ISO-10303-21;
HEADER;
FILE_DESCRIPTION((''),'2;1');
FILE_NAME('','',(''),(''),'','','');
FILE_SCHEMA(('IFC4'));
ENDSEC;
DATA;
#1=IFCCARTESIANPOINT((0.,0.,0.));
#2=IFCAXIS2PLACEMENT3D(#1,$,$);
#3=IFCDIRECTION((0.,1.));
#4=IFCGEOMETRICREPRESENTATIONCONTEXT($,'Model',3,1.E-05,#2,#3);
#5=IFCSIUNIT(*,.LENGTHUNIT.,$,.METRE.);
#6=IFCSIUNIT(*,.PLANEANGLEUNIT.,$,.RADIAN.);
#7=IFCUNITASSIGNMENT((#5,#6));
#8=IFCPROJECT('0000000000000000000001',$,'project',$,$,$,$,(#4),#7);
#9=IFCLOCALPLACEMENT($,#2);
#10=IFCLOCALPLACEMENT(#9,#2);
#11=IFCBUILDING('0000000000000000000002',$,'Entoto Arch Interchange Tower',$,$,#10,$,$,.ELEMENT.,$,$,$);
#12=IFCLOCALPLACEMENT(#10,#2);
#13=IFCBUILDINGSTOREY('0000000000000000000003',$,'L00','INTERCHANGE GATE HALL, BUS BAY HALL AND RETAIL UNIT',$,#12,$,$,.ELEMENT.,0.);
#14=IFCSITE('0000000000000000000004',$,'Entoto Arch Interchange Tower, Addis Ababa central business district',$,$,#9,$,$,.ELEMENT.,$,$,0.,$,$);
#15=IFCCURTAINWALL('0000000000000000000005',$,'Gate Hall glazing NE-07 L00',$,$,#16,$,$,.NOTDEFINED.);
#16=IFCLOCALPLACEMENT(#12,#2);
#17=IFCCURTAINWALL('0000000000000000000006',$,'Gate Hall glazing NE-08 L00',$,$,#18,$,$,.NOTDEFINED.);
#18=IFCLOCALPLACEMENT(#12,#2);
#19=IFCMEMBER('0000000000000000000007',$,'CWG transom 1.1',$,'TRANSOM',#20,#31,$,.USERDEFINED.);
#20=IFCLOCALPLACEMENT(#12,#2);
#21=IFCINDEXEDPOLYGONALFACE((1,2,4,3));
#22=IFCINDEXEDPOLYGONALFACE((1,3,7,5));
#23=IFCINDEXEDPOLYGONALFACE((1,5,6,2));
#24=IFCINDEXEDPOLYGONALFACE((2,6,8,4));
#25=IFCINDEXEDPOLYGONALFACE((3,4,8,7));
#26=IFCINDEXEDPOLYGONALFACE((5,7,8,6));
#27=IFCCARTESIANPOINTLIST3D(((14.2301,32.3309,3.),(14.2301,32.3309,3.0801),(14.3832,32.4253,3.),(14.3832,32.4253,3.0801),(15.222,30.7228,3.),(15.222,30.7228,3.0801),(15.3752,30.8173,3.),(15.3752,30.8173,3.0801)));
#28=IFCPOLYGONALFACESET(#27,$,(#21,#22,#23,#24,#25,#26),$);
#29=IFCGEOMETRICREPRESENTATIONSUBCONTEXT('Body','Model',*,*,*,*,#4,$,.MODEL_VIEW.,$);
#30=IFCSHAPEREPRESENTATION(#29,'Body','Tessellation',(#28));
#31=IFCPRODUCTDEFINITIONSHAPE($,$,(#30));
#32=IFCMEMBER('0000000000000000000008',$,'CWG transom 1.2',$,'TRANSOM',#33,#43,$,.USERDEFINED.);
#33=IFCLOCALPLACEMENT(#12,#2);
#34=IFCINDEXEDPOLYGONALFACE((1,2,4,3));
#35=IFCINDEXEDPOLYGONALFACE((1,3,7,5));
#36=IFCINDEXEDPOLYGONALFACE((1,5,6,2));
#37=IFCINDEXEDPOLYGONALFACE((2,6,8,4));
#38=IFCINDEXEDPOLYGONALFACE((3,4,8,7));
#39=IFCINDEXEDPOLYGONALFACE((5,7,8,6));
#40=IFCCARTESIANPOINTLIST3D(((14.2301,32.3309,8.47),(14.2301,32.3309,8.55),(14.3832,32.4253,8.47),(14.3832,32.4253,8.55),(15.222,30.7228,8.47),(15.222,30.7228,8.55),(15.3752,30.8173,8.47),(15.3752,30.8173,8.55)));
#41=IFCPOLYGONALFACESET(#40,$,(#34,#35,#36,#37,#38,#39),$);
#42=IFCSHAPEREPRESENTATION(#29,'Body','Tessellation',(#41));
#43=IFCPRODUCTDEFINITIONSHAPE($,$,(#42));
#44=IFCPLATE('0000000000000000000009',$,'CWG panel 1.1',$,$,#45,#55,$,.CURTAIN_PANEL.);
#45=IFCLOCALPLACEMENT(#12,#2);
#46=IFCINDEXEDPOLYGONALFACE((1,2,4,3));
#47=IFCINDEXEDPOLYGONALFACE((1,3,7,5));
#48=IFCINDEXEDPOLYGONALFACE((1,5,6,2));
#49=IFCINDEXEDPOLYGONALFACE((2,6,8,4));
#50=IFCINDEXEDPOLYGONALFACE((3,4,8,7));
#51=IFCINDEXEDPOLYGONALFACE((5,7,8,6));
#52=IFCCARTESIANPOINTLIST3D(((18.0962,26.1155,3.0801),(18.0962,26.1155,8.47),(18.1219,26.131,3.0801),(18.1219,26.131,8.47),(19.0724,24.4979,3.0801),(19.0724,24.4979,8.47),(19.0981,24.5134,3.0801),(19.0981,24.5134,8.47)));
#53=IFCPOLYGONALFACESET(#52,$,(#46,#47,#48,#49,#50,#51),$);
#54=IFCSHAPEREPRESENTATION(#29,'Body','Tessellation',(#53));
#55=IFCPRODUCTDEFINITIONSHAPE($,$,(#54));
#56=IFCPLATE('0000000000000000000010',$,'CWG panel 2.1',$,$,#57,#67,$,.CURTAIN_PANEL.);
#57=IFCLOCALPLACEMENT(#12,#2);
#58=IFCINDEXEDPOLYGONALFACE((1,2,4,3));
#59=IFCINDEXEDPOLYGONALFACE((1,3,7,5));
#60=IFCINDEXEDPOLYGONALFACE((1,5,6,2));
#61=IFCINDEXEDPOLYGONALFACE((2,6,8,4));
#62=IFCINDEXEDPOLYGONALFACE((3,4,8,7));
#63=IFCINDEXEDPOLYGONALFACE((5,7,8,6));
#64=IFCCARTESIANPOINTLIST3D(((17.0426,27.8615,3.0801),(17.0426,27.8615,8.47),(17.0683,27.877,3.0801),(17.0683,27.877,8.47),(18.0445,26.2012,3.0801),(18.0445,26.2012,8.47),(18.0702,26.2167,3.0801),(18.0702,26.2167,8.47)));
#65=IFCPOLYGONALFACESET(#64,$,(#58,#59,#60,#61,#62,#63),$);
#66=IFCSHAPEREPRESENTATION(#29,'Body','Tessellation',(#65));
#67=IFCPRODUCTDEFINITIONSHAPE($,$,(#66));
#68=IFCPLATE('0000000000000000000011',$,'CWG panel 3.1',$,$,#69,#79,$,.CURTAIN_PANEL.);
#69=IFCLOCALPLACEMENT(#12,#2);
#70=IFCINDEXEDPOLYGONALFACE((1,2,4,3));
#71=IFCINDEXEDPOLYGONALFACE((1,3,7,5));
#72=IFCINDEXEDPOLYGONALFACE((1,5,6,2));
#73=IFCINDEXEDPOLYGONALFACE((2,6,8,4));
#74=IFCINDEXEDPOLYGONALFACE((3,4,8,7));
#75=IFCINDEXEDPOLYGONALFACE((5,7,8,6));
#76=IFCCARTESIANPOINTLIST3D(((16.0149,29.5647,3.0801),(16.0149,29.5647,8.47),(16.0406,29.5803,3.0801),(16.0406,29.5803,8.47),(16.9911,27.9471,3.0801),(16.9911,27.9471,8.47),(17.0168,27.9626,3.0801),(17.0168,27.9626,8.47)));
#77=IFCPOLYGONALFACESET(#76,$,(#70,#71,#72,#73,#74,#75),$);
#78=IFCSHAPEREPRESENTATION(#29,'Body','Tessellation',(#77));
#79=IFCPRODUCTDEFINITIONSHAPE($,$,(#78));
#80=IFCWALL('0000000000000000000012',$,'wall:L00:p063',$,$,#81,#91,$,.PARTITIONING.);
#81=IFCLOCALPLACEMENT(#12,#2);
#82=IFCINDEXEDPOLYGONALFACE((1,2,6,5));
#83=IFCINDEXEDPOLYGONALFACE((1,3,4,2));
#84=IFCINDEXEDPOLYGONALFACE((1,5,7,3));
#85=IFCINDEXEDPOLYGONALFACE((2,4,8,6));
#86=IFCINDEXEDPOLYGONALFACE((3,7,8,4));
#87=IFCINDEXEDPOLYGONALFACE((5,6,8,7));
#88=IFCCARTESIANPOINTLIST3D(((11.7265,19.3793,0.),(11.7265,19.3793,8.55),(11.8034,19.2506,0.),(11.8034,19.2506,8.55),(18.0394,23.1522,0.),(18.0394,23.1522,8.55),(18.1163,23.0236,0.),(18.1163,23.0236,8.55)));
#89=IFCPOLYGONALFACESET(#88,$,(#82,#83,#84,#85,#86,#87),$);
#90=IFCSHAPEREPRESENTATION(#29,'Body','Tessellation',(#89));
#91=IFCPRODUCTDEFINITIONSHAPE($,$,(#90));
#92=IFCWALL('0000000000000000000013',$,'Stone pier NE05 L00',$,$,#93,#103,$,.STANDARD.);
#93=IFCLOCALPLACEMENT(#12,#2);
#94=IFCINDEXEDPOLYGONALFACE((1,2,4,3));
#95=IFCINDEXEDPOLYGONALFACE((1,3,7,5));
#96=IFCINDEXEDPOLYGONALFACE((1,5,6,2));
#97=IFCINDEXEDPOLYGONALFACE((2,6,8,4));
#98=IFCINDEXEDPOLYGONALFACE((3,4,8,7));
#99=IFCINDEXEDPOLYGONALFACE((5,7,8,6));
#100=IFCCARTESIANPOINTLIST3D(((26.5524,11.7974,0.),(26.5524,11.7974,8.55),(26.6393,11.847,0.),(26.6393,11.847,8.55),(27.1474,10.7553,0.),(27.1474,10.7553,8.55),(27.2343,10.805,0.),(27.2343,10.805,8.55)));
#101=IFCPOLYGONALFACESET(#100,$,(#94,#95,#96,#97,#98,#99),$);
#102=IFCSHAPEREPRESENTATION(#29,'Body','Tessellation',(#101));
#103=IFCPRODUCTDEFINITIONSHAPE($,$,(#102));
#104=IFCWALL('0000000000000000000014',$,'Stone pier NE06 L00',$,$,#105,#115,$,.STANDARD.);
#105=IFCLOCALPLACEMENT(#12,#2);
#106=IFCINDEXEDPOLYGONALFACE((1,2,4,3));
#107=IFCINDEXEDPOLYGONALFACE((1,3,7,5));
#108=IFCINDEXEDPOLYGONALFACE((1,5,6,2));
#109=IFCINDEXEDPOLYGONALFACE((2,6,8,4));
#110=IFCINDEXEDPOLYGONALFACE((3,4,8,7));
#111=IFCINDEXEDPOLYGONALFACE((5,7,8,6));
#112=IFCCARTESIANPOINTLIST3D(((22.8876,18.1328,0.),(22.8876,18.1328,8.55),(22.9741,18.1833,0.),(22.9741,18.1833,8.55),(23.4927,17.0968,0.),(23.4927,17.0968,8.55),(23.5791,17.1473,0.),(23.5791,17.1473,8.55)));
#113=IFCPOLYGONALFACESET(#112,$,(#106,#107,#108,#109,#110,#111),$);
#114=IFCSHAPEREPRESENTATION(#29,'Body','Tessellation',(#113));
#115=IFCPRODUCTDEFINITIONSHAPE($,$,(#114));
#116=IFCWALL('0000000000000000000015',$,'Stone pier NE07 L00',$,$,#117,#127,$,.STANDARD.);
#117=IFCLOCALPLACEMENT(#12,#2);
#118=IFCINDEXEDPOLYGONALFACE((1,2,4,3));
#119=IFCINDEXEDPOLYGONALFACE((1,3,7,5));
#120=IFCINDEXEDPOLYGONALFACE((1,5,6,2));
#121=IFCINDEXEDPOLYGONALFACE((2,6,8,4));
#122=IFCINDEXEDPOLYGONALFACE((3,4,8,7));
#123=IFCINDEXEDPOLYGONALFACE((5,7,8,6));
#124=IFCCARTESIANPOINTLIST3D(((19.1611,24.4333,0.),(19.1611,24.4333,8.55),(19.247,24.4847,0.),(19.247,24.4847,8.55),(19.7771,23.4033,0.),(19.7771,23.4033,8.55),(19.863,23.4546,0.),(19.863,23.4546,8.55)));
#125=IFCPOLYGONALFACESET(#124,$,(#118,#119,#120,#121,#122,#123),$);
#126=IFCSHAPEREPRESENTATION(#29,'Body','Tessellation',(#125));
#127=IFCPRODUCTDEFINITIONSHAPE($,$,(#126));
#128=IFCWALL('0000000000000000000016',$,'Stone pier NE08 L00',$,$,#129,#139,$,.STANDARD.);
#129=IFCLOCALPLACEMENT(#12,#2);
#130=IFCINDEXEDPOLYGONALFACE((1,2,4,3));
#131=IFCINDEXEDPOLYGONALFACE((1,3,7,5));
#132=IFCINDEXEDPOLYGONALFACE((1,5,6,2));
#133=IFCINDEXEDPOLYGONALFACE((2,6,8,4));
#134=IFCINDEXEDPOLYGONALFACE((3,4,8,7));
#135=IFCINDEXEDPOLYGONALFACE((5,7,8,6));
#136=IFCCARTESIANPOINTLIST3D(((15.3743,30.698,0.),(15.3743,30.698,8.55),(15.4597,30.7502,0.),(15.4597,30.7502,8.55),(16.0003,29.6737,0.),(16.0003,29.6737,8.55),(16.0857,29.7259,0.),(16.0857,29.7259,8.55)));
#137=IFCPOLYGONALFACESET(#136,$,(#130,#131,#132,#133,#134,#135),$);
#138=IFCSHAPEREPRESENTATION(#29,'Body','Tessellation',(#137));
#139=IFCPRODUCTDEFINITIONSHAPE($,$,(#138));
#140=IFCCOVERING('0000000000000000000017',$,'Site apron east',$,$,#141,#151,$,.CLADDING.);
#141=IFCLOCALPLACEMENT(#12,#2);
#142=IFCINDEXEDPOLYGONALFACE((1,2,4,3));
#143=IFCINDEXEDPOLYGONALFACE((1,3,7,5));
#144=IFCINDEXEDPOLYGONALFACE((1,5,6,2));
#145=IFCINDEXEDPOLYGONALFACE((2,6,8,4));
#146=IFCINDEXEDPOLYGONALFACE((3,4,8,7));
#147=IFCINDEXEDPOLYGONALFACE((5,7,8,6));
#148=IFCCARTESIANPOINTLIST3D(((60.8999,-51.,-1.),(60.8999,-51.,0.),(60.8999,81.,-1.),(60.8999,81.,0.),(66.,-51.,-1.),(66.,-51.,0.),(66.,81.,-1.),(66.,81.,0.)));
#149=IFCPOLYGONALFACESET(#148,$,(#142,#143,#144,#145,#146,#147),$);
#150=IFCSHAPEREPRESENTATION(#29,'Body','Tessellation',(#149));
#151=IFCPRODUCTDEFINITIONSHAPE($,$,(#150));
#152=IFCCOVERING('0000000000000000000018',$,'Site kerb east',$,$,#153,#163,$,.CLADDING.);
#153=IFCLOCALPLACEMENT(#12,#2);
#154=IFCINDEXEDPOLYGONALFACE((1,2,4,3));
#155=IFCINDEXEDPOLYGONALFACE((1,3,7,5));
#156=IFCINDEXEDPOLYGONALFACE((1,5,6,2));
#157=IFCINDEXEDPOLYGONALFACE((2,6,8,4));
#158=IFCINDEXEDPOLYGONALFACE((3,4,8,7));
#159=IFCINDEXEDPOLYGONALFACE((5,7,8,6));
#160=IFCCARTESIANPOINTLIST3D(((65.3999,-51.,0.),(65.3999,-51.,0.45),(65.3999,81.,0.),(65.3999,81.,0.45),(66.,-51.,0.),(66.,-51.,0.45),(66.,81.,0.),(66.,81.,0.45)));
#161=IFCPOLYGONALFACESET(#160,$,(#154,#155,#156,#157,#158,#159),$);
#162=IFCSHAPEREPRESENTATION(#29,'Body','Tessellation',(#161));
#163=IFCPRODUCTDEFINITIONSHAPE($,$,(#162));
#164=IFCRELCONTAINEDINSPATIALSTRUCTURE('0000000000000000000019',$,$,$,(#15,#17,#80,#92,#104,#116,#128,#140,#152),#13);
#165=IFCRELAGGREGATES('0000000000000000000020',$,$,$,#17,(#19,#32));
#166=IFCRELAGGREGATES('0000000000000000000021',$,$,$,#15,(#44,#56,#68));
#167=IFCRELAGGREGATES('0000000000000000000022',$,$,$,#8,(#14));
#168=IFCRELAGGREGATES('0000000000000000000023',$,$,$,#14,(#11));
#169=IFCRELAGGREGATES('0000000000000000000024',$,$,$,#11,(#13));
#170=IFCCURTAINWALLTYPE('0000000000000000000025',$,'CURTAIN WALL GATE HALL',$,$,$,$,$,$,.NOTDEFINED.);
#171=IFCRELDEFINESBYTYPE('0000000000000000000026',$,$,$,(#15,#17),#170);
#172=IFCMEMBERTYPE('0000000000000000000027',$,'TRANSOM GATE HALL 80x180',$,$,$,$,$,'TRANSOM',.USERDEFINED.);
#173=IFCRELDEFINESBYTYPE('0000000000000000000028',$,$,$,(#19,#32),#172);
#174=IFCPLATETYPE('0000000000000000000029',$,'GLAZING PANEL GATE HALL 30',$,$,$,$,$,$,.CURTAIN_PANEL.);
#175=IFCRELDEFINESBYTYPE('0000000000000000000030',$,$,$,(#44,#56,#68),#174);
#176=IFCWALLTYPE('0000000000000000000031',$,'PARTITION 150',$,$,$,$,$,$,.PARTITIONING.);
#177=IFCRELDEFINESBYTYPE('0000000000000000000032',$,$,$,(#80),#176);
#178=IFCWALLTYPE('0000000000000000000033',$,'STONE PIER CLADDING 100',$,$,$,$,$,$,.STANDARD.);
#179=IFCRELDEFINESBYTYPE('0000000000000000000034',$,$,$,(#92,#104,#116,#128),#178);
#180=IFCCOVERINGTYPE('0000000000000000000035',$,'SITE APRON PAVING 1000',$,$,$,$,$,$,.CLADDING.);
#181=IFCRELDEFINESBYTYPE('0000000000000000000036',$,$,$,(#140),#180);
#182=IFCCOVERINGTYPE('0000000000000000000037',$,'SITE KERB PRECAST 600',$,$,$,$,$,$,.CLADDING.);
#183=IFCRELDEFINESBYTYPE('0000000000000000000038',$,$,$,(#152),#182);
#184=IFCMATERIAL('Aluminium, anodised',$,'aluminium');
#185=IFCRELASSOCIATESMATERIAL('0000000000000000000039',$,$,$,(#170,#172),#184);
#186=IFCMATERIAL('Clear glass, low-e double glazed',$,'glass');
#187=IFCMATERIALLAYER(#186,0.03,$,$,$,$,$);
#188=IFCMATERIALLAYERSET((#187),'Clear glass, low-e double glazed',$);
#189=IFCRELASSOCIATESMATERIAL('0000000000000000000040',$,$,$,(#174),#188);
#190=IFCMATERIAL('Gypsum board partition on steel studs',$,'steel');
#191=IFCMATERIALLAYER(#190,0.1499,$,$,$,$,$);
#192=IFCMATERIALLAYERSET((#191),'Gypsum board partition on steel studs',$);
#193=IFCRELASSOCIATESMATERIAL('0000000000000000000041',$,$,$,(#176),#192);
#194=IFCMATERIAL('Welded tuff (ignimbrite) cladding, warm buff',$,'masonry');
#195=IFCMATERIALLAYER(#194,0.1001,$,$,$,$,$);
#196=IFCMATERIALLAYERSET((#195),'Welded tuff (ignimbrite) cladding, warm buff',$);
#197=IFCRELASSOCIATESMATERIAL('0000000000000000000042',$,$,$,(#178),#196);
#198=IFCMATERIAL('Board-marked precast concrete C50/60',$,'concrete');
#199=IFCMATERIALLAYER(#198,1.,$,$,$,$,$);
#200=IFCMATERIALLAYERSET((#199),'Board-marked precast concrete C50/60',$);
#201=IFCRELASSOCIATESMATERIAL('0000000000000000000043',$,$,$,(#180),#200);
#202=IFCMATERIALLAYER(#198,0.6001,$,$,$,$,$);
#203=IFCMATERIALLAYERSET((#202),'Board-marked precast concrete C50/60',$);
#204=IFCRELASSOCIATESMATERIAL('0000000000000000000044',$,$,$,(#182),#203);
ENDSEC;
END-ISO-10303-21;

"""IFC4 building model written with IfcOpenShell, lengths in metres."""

from ifc_helpers import new_model, si_unit, direction, frame, frame_2d, origin, origin_2d, place, context, subcontext, project, spatial, rectangle, extrude, material, layer, layer_set, material_profile, profile_set, type_object, element, aggregate, save


model = new_model("IFC4")

# Units and contexts
model_context = context("Model", 3, precision=1e-05, world=origin(), true_north=direction((0.0, 1.0)))
body_context = subcontext(model_context, "Body", "Model", "MODEL_VIEW")
ifc_project = project(units=[si_unit("LENGTHUNIT", "METRE"), si_unit("PLANEANGLEUNIT", "RADIAN")], contexts=[model_context])

# Site, building, storey
site_placement = place(None, origin())
site = spatial("IfcSite", under=ifc_project, at=site_placement, Name="Entoto Arch Interchange Tower, Addis Ababa central business district", CompositionType="ELEMENT", RefElevation=0.0)
building_placement = place(site_placement, origin())
building = spatial("IfcBuilding", under=site, at=building_placement, Name="Entoto Arch Interchange Tower", CompositionType="ELEMENT")
storey_placement = place(building_placement, origin())
storey = spatial("IfcBuildingStorey", under=building, at=storey_placement, Name="L00", Description="INTERCHANGE GATE HALL, BUS BAY HALL AND RETAIL UNIT", CompositionType="ELEMENT", Elevation=0.0)

# Curtain wall
ifc_material_1 = material(Name="Aluminium, anodised", Category="aluminium")
curtain_wall_type = type_object("IfcCurtainWallType", Name="CURTAIN WALL GATE HALL", PredefinedType="NOTDEFINED", material=ifc_material_1)
curtain_wall_1_placement = place(storey_placement, origin())
curtain_wall_1 = element("IfcCurtainWall", 1, at=curtain_wall_1_placement, inside=storey, type_object=curtain_wall_type, Name="Gate Hall glazing NE-07 L00", PredefinedType="NOTDEFINED")

# Curtain wall
curtain_wall_2_placement = place(storey_placement, origin())
curtain_wall_2 = element("IfcCurtainWall", 2, at=curtain_wall_2_placement, inside=storey, type_object=curtain_wall_type, Name="Gate Hall glazing NE-08 L00", PredefinedType="NOTDEFINED")

# Members
ifc_material_profile_1 = material_profile(ifc_material_1, rectangle(XDim=0.1799, YDim=0.0801, at=origin_2d()))
ifc_profile_set_1 = profile_set([ifc_material_profile_1], Name="Aluminium, anodised")
member_type_1 = type_object("IfcMemberType", Name="TRANSOM GATE HALL 80x180", ElementType="TRANSOM", PredefinedType="USERDEFINED", material=ifc_profile_set_1)
member_1_placement = place(storey_placement, frame((15.2986, 30.77, 3.04), z_axis=(-0.524984, 0.851112, 0.0), x_axis=(-0.851112, -0.524984, 0.0)))
member_1 = element("IfcMember", 3, at=member_1_placement, type_object=member_type_1, Name="CWG transom 1.1", ObjectType="TRANSOM", PredefinedType="USERDEFINED", context=body_context, shape_type="SweptSolid", body=[
    extrude(rectangle(XDim=0.1799, YDim=0.0801, at=origin_2d()), origin(), (0.0, 0.0, 1.0), 1.8894),
])
member_2_placement = place(storey_placement, frame((15.2986, 30.77, 8.51), z_axis=(-0.524984, 0.851112, 0.0), x_axis=(-0.851112, -0.524984, 0.0)))
member_2 = element("IfcMember", 4, at=member_2_placement, type_object=member_type_1, Name="CWG transom 1.2", ObjectType="TRANSOM", PredefinedType="USERDEFINED", context=body_context, shape_type="SweptSolid", body=[
    extrude(rectangle(XDim=0.1799, YDim=0.0801, at=origin_2d()), origin(), (0.0, 0.0, 1.0), 1.8894),
])
aggregate(curtain_wall_2, [member_1, member_2])

# Plates
ifc_material_2 = material(Name="Clear glass, low-e double glazed", Category="glass")
ifc_layer_1 = layer(ifc_material_2, 0.03)
ifc_layer_set_1 = layer_set([ifc_layer_1], Name="Clear glass, low-e double glazed")
plate_type = type_object("IfcPlateType", Name="GLAZING PANEL GATE HALL 30", PredefinedType="CURTAIN_PANEL", material=ifc_layer_set_1)
plate_1_placement = place(storey_placement, frame((18.5972, 25.3145, 3.0801), z_axis=(0.0, 0.0, 1.0), x_axis=(-0.516681, 0.856178, 0.0)))
plate_1 = element("IfcPlate", 5, at=plate_1_placement, type_object=plate_type, Name="CWG panel 1.1", PredefinedType="CURTAIN_PANEL", context=body_context, shape_type="SweptSolid", body=[
    extrude(rectangle(XDim=1.8894, YDim=0.03, at=origin_2d()), origin(), (0.0, 0.0, 1.0), 5.3899),
])
plate_2_placement = place(storey_placement, frame((17.5564, 27.0391, 3.0801), z_axis=(0.0, 0.0, 1.0), x_axis=(-0.516681, 0.856178, 0.0)))
plate_2 = element("IfcPlate", 6, at=plate_2_placement, type_object=plate_type, Name="CWG panel 2.1", PredefinedType="CURTAIN_PANEL", context=body_context, shape_type="SweptSolid", body=[
    extrude(rectangle(XDim=1.9392, YDim=0.03, at=origin_2d()), origin(), (0.0, 0.0, 1.0), 5.3899),
])
plate_3_placement = place(storey_placement, frame((16.5159, 28.7637, 3.0801), z_axis=(0.0, 0.0, 1.0), x_axis=(-0.516681, 0.856178, 0.0)))
plate_3 = element("IfcPlate", 7, at=plate_3_placement, type_object=plate_type, Name="CWG panel 3.1", PredefinedType="CURTAIN_PANEL", context=body_context, shape_type="SweptSolid", body=[
    extrude(rectangle(XDim=1.8894, YDim=0.03, at=origin_2d()), origin(), (0.0, 0.0, 1.0), 5.3899),
])
aggregate(curtain_wall_1, [plate_1, plate_2, plate_3])

# Wall
ifc_material_3 = material(Name="Gypsum board partition on steel studs", Category="steel")
ifc_layer_2 = layer(ifc_material_3, 0.1499)
ifc_layer_set_2 = layer_set([ifc_layer_2], Name="Gypsum board partition on steel studs")
wall_type_1 = type_object("IfcWallType", Name="PARTITION 150", PredefinedType="PARTITIONING", material=ifc_layer_set_2)
wall_1_placement = place(storey_placement, frame((18.0779, 23.0879, 0.0), z_axis=(0.0, 0.0, 1.0), x_axis=(-0.858382, -0.513011, 0.0)))
element("IfcWall", 8, at=wall_1_placement, inside=storey, type_object=wall_type_1, Name="wall:L00:p063", PredefinedType="PARTITIONING", context=body_context, shape_type="SweptSolid", body=[
    extrude(rectangle(XDim=7.3545, YDim=0.1499, at=frame_2d((3.6772, 0.0))), origin(), (0.0, 0.0, 1.0), 8.55),
])

# Shared definitions
ifc_material_4 = material(Name="Welded tuff (ignimbrite) cladding, warm buff", Category="masonry")

# Walls
ifc_layer_3 = layer(ifc_material_4, 0.1001)
ifc_layer_set_3 = layer_set([ifc_layer_3], Name="Welded tuff (ignimbrite) cladding, warm buff")
wall_type_2 = type_object("IfcWallType", Name="STONE PIER CLADDING 100", PredefinedType="STANDARD", material=ifc_layer_set_3)
wall_2_placement = place(storey_placement, frame((27.1909, 10.78, 0.0), z_axis=(0.0, 0.0, 1.0), x_axis=(-0.495854, 0.868406, 0.0)))
element("IfcWall", 9, at=wall_2_placement, inside=storey, type_object=wall_type_2, Name="Stone pier NE05 L00", PredefinedType="STANDARD", context=body_context, shape_type="SweptSolid", body=[
    extrude(rectangle(XDim=1.2, YDim=0.1001, at=frame_2d((0.6001, 0.0))), origin(), (0.0, 0.0, 1.0), 8.55),
])
wall_3_placement = place(storey_placement, frame((23.5359, 17.1221, 0.0), z_axis=(0.0, 0.0, 1.0), x_axis=(-0.504314, 0.86352, 0.0)))
element("IfcWall", 10, at=wall_3_placement, inside=storey, type_object=wall_type_2, Name="Stone pier NE06 L00", PredefinedType="STANDARD", context=body_context, shape_type="SweptSolid", body=[
    extrude(rectangle(XDim=1.1997, YDim=0.1001, at=frame_2d((0.5999, 0.0))), origin(), (0.0, 0.0, 1.0), 8.55),
])
wall_4_placement = place(storey_placement, frame((19.8201, 23.429, 0.0), z_axis=(0.0, 0.0, 1.0), x_axis=(-0.513239, 0.858246, 0.0)))
element("IfcWall", 11, at=wall_4_placement, inside=storey, type_object=wall_type_2, Name="Stone pier NE07 L00", PredefinedType="STANDARD", context=body_context, shape_type="SweptSolid", body=[
    extrude(rectangle(XDim=1.2002, YDim=0.1001, at=frame_2d((0.6001, 0.0))), origin(), (0.0, 0.0, 1.0), 8.55),
])
wall_5_placement = place(storey_placement, frame((16.043, 29.7, 0.0), z_axis=(0.0, 0.0, 1.0), x_axis=(-0.521508, 0.853247, 0.0)))
element("IfcWall", 12, at=wall_5_placement, inside=storey, type_object=wall_type_2, Name="Stone pier NE08 L00", PredefinedType="STANDARD", context=body_context, shape_type="SweptSolid", body=[
    extrude(rectangle(XDim=1.2004, YDim=0.1001, at=frame_2d((0.6001, 0.0))), origin(), (0.0, 0.0, 1.0), 8.55),
])

# Coverings
ifc_material_5 = material(Name="Board-marked precast concrete C50/60", Category="concrete")
ifc_layer_4 = layer(ifc_material_5, 1.0)
ifc_layer_set_4 = layer_set([ifc_layer_4], Name="Board-marked precast concrete C50/60")
covering_type_1 = type_object("IfcCoveringType", Name="SITE APRON PAVING 1000", PredefinedType="CLADDING", material=ifc_layer_set_4)
covering_1_placement = place(storey_placement, frame((63.45, 15.0, -1.0), z_axis=(0.0, 0.0, 1.0), x_axis=(1.0, 0.0, 0.0)))
element("IfcCovering", 13, at=covering_1_placement, inside=storey, type_object=covering_type_1, Name="Site apron east", PredefinedType="CLADDING", context=body_context, shape_type="SweptSolid", body=[
    extrude(rectangle(XDim=5.1001, YDim=132.0, at=origin_2d()), origin(), (0.0, 0.0, 1.0), 1.0),
])
ifc_layer_5 = layer(ifc_material_5, 0.6001)
ifc_layer_set_5 = layer_set([ifc_layer_5], Name="Board-marked precast concrete C50/60")
covering_type_2 = type_object("IfcCoveringType", Name="SITE KERB PRECAST 600", PredefinedType="CLADDING", material=ifc_layer_set_5)
covering_2_placement = place(storey_placement, frame((65.7, 15.0, 0.0), z_axis=(0.0, 0.0, 1.0), x_axis=(1.0, 0.0, 0.0)))
element("IfcCovering", 14, at=covering_2_placement, inside=storey, type_object=covering_type_2, Name="Site kerb east", PredefinedType="CLADDING", context=body_context, shape_type="SweptSolid", body=[
    extrude(rectangle(XDim=0.6001, YDim=132.0, at=origin_2d()), origin(), (0.0, 0.0, 1.0), 0.45),
])

save(model, "model.ifc")
